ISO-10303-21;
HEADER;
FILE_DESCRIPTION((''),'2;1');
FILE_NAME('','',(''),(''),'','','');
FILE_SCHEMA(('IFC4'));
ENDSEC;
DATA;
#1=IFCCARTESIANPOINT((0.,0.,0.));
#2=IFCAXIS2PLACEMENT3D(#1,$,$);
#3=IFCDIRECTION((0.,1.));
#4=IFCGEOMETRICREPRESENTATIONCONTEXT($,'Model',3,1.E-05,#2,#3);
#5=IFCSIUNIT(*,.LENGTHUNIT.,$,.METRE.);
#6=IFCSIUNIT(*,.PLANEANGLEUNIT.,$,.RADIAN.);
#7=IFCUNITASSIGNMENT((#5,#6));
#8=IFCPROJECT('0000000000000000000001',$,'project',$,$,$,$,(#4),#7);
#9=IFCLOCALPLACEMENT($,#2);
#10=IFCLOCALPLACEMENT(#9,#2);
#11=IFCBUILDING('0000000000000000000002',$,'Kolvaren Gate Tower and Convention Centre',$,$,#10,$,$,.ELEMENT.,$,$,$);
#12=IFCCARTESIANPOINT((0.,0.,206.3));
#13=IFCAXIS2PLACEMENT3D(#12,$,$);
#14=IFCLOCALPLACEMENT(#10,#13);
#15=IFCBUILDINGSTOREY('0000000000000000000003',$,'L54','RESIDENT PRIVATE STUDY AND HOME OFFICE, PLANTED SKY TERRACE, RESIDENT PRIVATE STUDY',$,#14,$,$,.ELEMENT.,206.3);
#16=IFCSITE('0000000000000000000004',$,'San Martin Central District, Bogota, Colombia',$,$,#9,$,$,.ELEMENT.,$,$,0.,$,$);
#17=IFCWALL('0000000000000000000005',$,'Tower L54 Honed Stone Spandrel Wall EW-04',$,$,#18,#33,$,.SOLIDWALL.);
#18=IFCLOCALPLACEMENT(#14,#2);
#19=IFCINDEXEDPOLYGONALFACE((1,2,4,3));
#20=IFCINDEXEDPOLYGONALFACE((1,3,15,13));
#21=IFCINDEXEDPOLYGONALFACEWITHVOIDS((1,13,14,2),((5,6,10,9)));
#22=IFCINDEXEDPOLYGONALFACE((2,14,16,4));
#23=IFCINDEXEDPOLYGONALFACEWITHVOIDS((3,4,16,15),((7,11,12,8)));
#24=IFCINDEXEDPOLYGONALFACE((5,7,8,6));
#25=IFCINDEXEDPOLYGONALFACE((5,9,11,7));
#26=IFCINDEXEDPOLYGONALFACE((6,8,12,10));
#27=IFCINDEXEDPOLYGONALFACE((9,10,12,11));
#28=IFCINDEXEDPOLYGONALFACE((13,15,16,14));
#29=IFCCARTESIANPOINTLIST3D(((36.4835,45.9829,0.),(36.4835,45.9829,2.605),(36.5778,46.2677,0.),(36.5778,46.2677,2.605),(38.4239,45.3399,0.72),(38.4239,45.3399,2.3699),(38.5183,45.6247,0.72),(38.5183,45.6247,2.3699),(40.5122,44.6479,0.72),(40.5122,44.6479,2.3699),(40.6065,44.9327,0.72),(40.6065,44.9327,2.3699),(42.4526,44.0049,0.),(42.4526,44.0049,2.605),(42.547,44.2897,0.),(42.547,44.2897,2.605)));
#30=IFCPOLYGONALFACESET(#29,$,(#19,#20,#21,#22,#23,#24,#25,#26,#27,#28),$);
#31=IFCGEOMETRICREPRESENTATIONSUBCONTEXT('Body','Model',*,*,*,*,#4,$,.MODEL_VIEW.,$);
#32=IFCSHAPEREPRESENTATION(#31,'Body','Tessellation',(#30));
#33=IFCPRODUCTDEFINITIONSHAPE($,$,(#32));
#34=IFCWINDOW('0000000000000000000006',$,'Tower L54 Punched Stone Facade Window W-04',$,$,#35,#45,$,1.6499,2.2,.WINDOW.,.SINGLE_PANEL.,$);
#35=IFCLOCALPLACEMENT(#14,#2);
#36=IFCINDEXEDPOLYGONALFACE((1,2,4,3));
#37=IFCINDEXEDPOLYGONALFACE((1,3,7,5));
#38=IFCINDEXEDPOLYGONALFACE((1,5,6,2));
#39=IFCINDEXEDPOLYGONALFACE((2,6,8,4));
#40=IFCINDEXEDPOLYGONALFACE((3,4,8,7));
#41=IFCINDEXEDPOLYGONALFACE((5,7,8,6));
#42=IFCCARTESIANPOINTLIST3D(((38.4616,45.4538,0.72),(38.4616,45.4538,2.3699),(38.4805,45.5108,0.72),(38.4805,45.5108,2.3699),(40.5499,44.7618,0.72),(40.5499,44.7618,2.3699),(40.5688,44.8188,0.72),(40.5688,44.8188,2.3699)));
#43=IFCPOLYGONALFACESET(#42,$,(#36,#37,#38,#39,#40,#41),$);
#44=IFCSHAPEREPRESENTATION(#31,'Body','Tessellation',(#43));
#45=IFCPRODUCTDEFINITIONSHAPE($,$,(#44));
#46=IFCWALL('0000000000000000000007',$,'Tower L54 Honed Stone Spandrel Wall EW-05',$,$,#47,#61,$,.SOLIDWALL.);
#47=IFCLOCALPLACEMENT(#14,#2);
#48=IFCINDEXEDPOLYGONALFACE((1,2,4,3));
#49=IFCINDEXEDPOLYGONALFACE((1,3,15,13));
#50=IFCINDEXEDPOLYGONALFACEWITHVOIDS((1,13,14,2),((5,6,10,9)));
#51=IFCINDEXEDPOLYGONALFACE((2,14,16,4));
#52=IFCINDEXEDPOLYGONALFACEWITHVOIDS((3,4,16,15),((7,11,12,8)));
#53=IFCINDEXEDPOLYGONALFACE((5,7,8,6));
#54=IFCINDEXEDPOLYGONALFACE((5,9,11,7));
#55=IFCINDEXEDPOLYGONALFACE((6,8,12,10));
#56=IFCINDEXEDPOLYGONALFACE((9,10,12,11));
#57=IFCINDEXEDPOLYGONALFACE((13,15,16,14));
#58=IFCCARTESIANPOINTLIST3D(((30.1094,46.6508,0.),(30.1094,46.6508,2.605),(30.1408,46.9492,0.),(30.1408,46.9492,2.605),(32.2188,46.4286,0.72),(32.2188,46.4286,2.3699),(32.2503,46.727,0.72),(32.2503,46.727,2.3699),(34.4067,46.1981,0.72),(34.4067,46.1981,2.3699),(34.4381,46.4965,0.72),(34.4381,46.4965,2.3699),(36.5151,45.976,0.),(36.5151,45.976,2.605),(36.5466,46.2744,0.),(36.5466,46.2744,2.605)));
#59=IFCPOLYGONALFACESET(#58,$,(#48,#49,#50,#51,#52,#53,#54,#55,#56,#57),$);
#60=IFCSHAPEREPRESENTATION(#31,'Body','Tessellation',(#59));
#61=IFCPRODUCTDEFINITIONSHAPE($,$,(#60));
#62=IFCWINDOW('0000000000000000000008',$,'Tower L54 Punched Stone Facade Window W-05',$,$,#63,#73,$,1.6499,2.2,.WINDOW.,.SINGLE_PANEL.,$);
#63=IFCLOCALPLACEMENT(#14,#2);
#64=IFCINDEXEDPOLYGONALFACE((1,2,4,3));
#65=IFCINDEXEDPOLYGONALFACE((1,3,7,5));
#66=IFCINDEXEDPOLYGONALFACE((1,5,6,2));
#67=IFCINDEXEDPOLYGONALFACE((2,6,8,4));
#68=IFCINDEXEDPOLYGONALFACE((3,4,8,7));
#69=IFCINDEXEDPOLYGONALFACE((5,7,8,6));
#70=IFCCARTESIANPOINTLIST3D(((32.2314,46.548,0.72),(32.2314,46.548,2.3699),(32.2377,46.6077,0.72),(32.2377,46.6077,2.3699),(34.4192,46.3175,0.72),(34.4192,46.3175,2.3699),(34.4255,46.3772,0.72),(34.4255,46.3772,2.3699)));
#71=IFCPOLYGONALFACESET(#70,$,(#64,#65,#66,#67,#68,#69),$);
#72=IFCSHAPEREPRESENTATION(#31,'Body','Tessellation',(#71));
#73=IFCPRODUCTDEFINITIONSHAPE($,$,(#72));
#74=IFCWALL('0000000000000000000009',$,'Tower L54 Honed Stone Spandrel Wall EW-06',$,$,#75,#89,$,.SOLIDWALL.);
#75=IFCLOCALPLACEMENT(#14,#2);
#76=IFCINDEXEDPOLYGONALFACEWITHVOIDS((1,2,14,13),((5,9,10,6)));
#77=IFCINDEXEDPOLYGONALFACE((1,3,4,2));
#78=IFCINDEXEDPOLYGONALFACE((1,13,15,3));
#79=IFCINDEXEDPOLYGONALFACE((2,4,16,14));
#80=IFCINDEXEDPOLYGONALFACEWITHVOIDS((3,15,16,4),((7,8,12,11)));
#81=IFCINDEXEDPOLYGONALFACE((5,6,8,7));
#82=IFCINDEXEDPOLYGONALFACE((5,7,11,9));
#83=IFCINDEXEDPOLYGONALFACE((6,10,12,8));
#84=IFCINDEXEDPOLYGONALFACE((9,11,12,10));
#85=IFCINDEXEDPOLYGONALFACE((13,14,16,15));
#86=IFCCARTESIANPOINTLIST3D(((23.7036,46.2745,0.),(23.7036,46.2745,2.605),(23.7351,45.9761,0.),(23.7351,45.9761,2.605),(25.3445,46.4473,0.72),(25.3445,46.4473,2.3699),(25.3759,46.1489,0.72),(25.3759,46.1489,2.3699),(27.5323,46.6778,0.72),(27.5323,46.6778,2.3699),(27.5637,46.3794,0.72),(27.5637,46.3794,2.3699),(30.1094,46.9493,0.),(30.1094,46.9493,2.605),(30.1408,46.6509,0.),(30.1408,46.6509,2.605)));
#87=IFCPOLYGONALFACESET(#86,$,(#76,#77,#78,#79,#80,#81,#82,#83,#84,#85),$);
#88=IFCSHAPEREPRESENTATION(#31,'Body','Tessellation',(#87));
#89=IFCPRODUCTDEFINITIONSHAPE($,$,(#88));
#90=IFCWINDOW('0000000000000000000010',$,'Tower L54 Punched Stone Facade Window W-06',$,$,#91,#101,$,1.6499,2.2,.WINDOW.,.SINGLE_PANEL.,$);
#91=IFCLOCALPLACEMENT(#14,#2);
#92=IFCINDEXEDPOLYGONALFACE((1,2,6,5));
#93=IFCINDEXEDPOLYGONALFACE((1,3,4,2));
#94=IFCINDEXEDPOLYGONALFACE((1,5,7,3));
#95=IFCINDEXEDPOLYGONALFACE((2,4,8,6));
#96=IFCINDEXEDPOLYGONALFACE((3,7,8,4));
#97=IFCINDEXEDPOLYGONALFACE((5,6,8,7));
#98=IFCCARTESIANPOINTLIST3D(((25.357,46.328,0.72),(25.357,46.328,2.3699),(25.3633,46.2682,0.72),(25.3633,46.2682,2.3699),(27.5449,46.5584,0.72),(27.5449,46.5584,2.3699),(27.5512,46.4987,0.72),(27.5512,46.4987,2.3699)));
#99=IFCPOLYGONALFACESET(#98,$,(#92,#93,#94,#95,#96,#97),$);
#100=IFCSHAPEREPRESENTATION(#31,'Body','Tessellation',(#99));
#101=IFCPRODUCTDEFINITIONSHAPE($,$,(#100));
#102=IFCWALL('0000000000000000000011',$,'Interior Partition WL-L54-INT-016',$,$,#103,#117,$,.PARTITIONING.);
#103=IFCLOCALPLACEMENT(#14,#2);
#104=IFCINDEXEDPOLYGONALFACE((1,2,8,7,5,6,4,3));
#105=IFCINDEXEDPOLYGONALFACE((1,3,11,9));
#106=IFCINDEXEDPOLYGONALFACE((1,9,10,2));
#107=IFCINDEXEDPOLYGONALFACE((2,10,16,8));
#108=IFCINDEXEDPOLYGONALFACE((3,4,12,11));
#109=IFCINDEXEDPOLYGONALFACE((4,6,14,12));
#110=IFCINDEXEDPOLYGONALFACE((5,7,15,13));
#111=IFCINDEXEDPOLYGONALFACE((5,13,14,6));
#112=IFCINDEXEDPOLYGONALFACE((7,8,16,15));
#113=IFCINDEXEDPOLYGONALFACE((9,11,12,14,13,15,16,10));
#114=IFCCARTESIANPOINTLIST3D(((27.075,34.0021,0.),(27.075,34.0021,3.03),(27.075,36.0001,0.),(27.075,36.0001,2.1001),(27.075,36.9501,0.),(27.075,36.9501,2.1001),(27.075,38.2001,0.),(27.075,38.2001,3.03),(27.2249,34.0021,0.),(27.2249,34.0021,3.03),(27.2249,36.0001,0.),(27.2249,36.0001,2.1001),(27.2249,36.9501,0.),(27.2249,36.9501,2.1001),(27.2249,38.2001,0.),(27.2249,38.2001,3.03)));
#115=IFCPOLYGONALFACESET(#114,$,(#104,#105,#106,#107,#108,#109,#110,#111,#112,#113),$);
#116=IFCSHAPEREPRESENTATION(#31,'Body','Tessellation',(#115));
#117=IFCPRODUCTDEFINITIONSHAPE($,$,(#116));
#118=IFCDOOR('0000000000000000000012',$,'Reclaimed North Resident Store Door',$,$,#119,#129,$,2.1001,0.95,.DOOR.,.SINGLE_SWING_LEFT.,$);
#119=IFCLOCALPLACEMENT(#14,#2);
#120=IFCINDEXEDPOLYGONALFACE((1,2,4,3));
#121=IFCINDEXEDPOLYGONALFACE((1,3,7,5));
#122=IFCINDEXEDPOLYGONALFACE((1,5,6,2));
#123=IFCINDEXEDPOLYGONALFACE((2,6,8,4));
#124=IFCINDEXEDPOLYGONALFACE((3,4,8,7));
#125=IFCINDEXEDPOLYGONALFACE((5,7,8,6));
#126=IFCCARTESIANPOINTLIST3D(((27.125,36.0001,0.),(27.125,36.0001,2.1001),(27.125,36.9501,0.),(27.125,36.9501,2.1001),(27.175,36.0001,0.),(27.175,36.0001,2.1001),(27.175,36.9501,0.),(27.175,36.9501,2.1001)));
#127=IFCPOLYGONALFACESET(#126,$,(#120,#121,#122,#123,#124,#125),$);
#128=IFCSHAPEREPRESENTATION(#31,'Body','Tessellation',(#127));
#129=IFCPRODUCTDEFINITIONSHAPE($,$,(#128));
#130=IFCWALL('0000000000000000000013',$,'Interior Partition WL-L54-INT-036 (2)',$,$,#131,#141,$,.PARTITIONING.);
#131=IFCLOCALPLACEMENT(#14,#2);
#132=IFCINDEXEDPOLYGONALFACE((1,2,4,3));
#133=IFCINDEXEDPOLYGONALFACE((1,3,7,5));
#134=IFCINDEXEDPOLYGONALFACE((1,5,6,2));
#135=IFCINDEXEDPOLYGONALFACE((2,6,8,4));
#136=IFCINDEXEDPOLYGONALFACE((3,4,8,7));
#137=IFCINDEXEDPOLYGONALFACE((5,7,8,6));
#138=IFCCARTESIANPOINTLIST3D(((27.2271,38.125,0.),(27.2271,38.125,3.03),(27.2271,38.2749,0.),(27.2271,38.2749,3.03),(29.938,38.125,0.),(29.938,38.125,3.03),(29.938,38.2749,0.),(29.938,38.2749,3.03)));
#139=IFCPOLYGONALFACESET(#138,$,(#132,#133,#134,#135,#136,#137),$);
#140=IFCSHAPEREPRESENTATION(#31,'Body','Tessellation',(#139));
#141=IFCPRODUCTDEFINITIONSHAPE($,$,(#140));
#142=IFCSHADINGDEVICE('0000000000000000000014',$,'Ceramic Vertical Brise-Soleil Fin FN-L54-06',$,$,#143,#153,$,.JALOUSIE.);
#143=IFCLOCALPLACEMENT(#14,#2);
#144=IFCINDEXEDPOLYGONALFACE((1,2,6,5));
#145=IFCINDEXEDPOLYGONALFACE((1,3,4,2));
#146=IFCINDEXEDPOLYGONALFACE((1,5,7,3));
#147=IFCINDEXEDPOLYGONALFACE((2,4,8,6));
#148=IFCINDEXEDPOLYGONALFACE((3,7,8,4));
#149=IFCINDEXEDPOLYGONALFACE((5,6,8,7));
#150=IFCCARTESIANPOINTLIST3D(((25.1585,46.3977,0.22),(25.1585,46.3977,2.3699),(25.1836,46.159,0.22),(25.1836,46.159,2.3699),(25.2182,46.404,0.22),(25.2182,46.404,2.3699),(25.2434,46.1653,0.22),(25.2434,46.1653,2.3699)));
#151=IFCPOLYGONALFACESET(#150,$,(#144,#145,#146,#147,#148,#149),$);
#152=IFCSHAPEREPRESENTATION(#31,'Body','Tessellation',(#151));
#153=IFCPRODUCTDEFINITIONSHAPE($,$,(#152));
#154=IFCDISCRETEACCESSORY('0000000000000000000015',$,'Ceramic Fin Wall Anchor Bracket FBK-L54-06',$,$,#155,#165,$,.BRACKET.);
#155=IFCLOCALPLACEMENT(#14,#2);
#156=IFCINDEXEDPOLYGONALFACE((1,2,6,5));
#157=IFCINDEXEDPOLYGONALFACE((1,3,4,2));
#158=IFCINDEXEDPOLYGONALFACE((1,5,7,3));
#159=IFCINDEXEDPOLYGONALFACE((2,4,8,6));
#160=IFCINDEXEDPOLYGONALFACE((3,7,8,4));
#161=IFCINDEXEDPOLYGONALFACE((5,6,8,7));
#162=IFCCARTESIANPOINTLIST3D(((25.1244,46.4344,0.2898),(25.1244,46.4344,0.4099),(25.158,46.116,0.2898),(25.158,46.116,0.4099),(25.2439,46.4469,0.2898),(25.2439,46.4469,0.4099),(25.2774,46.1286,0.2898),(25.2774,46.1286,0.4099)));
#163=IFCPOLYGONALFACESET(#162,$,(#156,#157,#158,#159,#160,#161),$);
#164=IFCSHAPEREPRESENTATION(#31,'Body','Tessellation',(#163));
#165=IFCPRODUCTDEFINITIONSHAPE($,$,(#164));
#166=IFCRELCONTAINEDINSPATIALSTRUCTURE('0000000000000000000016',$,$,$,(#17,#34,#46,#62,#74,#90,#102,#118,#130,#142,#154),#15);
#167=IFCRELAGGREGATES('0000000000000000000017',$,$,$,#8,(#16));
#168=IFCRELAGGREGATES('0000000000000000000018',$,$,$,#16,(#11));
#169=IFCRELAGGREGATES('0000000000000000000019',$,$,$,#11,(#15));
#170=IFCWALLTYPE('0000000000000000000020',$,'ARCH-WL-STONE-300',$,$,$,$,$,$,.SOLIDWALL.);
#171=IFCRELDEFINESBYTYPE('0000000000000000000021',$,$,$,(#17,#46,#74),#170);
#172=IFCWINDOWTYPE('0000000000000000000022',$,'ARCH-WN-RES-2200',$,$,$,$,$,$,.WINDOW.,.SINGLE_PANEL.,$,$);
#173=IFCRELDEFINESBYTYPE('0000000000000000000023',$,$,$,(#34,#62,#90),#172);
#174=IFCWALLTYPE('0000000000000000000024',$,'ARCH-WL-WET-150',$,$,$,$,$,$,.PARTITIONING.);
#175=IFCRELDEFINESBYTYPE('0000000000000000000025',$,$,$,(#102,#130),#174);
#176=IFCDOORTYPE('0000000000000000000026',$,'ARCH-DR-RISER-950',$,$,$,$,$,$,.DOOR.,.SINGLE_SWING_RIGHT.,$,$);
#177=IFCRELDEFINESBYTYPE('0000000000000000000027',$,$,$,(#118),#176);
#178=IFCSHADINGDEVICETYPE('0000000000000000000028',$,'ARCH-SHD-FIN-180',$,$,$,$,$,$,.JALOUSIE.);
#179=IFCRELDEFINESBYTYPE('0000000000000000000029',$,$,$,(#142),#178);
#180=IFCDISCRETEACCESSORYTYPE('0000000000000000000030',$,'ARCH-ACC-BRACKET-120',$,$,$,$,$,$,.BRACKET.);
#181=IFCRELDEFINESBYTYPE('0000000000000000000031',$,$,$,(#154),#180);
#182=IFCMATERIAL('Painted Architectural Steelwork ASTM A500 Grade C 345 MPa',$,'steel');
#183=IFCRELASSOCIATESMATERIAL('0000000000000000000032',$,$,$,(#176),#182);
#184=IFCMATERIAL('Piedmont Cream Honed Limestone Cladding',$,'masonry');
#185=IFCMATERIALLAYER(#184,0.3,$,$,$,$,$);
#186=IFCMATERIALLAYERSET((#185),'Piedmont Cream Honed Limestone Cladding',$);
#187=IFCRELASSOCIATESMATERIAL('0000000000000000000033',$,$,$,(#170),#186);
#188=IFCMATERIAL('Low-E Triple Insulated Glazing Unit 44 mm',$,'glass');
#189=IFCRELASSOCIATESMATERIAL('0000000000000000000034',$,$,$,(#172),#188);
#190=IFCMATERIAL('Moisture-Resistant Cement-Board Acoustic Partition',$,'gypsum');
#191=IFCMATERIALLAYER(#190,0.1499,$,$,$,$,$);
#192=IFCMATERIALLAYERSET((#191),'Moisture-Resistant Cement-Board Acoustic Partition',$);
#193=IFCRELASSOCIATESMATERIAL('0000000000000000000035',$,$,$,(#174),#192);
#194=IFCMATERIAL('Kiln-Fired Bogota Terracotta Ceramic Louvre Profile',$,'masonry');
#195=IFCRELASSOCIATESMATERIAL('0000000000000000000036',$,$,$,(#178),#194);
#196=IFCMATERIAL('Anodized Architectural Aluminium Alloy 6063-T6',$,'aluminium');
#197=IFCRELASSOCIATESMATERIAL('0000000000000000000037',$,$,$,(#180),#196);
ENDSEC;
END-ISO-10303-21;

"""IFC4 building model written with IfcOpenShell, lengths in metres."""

from ifc_helpers import new_model, si_unit, direction, frame, frame_2d, origin, origin_2d, place, context, subcontext, project, spatial, rectangle, extrude, material, layer, layer_set, type_object, element, fill, save


model = new_model("IFC4")

# Units and contexts
model_context = context("Model", 3, precision=1e-05, world=origin(), true_north=direction((0.0, 1.0)))
body_context = subcontext(model_context, "Body", "Model", "MODEL_VIEW")
ifc_project = project(units=[si_unit("LENGTHUNIT", "METRE"), si_unit("PLANEANGLEUNIT", "RADIAN")], contexts=[model_context])

# Site, building, storey
site_placement = place(None, origin())
site = spatial("IfcSite", under=ifc_project, at=site_placement, Name="San Martin Central District, Bogota, Colombia", CompositionType="ELEMENT", RefElevation=0.0)
building_placement = place(site_placement, origin())
building = spatial("IfcBuilding", under=site, at=building_placement, Name="Kolvaren Gate Tower and Convention Centre", CompositionType="ELEMENT")
storey_placement = place(building_placement, frame((0.0, 0.0, 206.3)))
storey = spatial("IfcBuildingStorey", under=building, at=storey_placement, Name="L54", Description="RESIDENT PRIVATE STUDY AND HOME OFFICE, PLANTED SKY TERRACE, RESIDENT PRIVATE STUDY", CompositionType="ELEMENT", Elevation=206.3)

# Shared definitions
ifc_material_1 = material(Name="Painted Architectural Steelwork ASTM A500 Grade C 345 MPa", Category="steel")
door_type = type_object("IfcDoorType", Name="ARCH-DR-RISER-950", OperationType="SINGLE_SWING_RIGHT", PredefinedType="DOOR", material=ifc_material_1)

# Walls, openings, windows
ifc_material_2 = material(Name="Piedmont Cream Honed Limestone Cladding", Category="masonry")
ifc_layer_1 = layer(ifc_material_2, 0.3)
ifc_layer_set_1 = layer_set([ifc_layer_1], Name="Piedmont Cream Honed Limestone Cladding")
wall_type_1 = type_object("IfcWallType", Name="ARCH-WL-STONE-300", PredefinedType="SOLIDWALL", material=ifc_layer_set_1)
wall_1_placement = place(storey_placement, frame((36.5308, 46.1252, 0.0), z_axis=(0.0, 0.0, 1.0), x_axis=(0.949241, -0.31455, 0.0)))
wall_1 = element("IfcWall", 1, at=wall_1_placement, inside=storey, type_object=wall_type_1, Name="Tower L54 Honed Stone Spandrel Wall EW-04", PredefinedType="SOLIDWALL", context=body_context, shape_type="SweptSolid", body=[
    extrude(rectangle(XDim=6.2883, YDim=0.3, at=frame_2d((3.144, 0.0))), origin(), (0.0, 0.0, 1.0), 2.605),
])
opening_1_placement = place(wall_1_placement, frame((2.0439, 0.0, 0.72)))
opening_1 = element("IfcOpeningElement", 2, at=opening_1_placement, cuts=wall_1, PredefinedType="OPENING", context=body_context, shape_type="SweptSolid", body=[
    extrude(rectangle(XDim=2.2, YDim=1.6499, at=frame_2d((1.1001, 0.825))), frame((0.0, 0.1599, 0.0), z_axis=(0.0, -1.0, 0.0), x_axis=(1.0, 0.0, 0.0)), (0.0, 0.0, 1.0), 0.3201),
])
ifc_material_3 = material(Name="Low-E Triple Insulated Glazing Unit 44 mm", Category="glass")
window_type = type_object("IfcWindowType", Name="ARCH-WN-RES-2200", PartitioningType="SINGLE_PANEL", PredefinedType="WINDOW", material=ifc_material_3)
window_1_placement = place(opening_1_placement, origin())
window_1 = element("IfcWindow", 3, at=window_1_placement, inside=storey, type_object=window_type, Name="Tower L54 Punched Stone Facade Window W-04", OverallHeight=1.6499, OverallWidth=2.2, PartitioningType="SINGLE_PANEL", PredefinedType="WINDOW", context=body_context, shape_type="SweptSolid", body=[
    extrude(rectangle(XDim=2.2, YDim=1.6499, at=frame_2d((1.1001, 0.825))), frame((0.0, 0.03, 0.0), z_axis=(0.0, -1.0, 0.0), x_axis=(1.0, 0.0, 0.0)), (0.0, 0.0, 1.0), 0.0601),
])
fill(opening_1, window_1)
wall_2_placement = place(storey_placement, frame((30.125, 46.8, 0.0), z_axis=(0.0, 0.0, 1.0), x_axis=(0.994497, -0.104764, 0.0)))
wall_2 = element("IfcWall", 4, at=wall_2_placement, inside=storey, type_object=wall_type_1, Name="Tower L54 Honed Stone Spandrel Wall EW-05", PredefinedType="SOLIDWALL", context=body_context, shape_type="SweptSolid", body=[
    extrude(rectangle(XDim=6.4412, YDim=0.3, at=frame_2d((3.2207, 0.0))), origin(), (0.0, 0.0, 1.0), 2.605),
])
opening_2_placement = place(wall_2_placement, frame((2.1211, 0.0, 0.72)))
opening_2 = element("IfcOpeningElement", 5, at=opening_2_placement, cuts=wall_2, PredefinedType="OPENING", context=body_context, shape_type="SweptSolid", body=[
    extrude(rectangle(XDim=2.2, YDim=1.6499, at=frame_2d((1.1001, 0.825))), frame((0.0, 0.1599, 0.0), z_axis=(0.0, -1.0, 0.0), x_axis=(1.0, 0.0, 0.0)), (0.0, 0.0, 1.0), 0.3201),
])
window_2_placement = place(opening_2_placement, origin())
window_2 = element("IfcWindow", 6, at=window_2_placement, inside=storey, type_object=window_type, Name="Tower L54 Punched Stone Facade Window W-05", OverallHeight=1.6499, OverallWidth=2.2, PartitioningType="SINGLE_PANEL", PredefinedType="WINDOW", context=body_context, shape_type="SweptSolid", body=[
    extrude(rectangle(XDim=2.2, YDim=1.6499, at=frame_2d((1.1001, 0.825))), frame((0.0, 0.03, 0.0), z_axis=(0.0, -1.0, 0.0), x_axis=(1.0, 0.0, 0.0)), (0.0, 0.0, 1.0), 0.0601),
])
fill(opening_2, window_2)
wall_3_placement = place(storey_placement, frame((23.7192, 46.1252, 0.0), z_axis=(0.0, 0.0, 1.0), x_axis=(0.994497, 0.104764, 0.0)))
wall_3 = element("IfcWall", 7, at=wall_3_placement, inside=storey, type_object=wall_type_1, Name="Tower L54 Honed Stone Spandrel Wall EW-06", PredefinedType="SOLIDWALL", context=body_context, shape_type="SweptSolid", body=[
    extrude(rectangle(XDim=6.4412, YDim=0.3, at=frame_2d((3.2207, 0.0))), origin(), (0.0, 0.0, 1.0), 2.605),
])
opening_3_placement = place(wall_3_placement, frame((1.6499, 0.0, 0.72)))
opening_3 = element("IfcOpeningElement", 8, at=opening_3_placement, cuts=wall_3, PredefinedType="OPENING", context=body_context, shape_type="SweptSolid", body=[
    extrude(rectangle(XDim=2.2, YDim=1.6499, at=frame_2d((1.1001, 0.825))), frame((0.0, 0.1599, 0.0), z_axis=(0.0, -1.0, 0.0), x_axis=(1.0, 0.0, 0.0)), (0.0, 0.0, 1.0), 0.3201),
])
window_3_placement = place(opening_3_placement, origin())
window_3 = element("IfcWindow", 9, at=window_3_placement, inside=storey, type_object=window_type, Name="Tower L54 Punched Stone Facade Window W-06", OverallHeight=1.6499, OverallWidth=2.2, PartitioningType="SINGLE_PANEL", PredefinedType="WINDOW", context=body_context, shape_type="SweptSolid", body=[
    extrude(rectangle(XDim=2.2, YDim=1.6499, at=frame_2d((1.1001, 0.825))), frame((0.0, 0.03, 0.0), z_axis=(0.0, -1.0, 0.0), x_axis=(1.0, 0.0, 0.0)), (0.0, 0.0, 1.0), 0.0601),
])
fill(opening_3, window_3)

# Wall, opening, door
ifc_material_4 = material(Name="Moisture-Resistant Cement-Board Acoustic Partition", Category="gypsum")
ifc_layer_2 = layer(ifc_material_4, 0.1499)
ifc_layer_set_2 = layer_set([ifc_layer_2], Name="Moisture-Resistant Cement-Board Acoustic Partition")
wall_type_2 = type_object("IfcWallType", Name="ARCH-WL-WET-150", PredefinedType="PARTITIONING", material=ifc_layer_set_2)
wall_4_placement = place(storey_placement, frame((27.1499, 34.002, 0.0), z_axis=(0.0, 0.0, 1.0), x_axis=(0.0, 1.0, 0.0)))
wall_4 = element("IfcWall", 10, at=wall_4_placement, inside=storey, type_object=wall_type_2, Name="Interior Partition WL-L54-INT-016", PredefinedType="PARTITIONING", context=body_context, shape_type="SweptSolid", body=[
    extrude(rectangle(XDim=4.198, YDim=0.1499, at=frame_2d((2.0991, 0.0))), origin(), (0.0, 0.0, 1.0), 3.03),
])
opening_4_placement = place(wall_4_placement, frame((1.998, 0.0, 0.0)))
opening_4 = element("IfcOpeningElement", 11, at=opening_4_placement, cuts=wall_4, PredefinedType="OPENING", context=body_context, shape_type="SweptSolid", body=[
    extrude(rectangle(XDim=0.95, YDim=2.1001, at=frame_2d((0.4751, 1.05))), frame((0.0, 0.085, 0.0), z_axis=(0.0, -1.0, 0.0), x_axis=(1.0, 0.0, 0.0)), (0.0, 0.0, 1.0), 0.1699),
])
door_1_placement = place(opening_4_placement, origin())
door_1 = element("IfcDoor", 12, at=door_1_placement, inside=storey, type_object=door_type, Name="Reclaimed North Resident Store Door", OperationType="SINGLE_SWING_LEFT", OverallHeight=2.1001, OverallWidth=0.95, PredefinedType="DOOR", context=body_context, shape_type="SweptSolid", body=[
    extrude(rectangle(XDim=0.95, YDim=2.1001, at=frame_2d((0.4751, 1.05))), frame((0.0, 0.0249, 0.0), z_axis=(0.0, -1.0, 0.0), x_axis=(1.0, 0.0, 0.0)), (0.0, 0.0, 1.0), 0.05),
])
fill(opening_4, door_1)

# Wall
wall_5_placement = place(storey_placement, frame((27.2271, 38.2, 0.0), z_axis=(0.0, 0.0, 1.0), x_axis=(1.0, 0.0, 0.0)))
element("IfcWall", 13, at=wall_5_placement, inside=storey, type_object=wall_type_2, Name="Interior Partition WL-L54-INT-036 (2)", PredefinedType="PARTITIONING", context=body_context, shape_type="SweptSolid", body=[
    extrude(rectangle(XDim=2.7109, YDim=0.1499, at=frame_2d((1.3555, 0.0))), origin(), (0.0, 0.0, 1.0), 3.03),
])

# Shading device
ifc_material_5 = material(Name="Kiln-Fired Bogota Terracotta Ceramic Louvre Profile", Category="masonry")
shading_device_type = type_object("IfcShadingDeviceType", Name="ARCH-SHD-FIN-180", PredefinedType="JALOUSIE", material=ifc_material_5)
shading_device_placement = place(storey_placement, frame((25.2009, 46.2815, 0.22), z_axis=(0.0, 0.0, 1.0), x_axis=(0.994499, 0.104747, 0.0)))
element("IfcShadingDevice", 14, at=shading_device_placement, inside=storey, type_object=shading_device_type, Name="Ceramic Vertical Brise-Soleil Fin FN-L54-06", PredefinedType="JALOUSIE", context=body_context, shape_type="SweptSolid", body=[
    extrude(rectangle(XDim=0.0601, YDim=0.24, at=origin_2d()), origin(), (0.0, 0.0, 1.0), 2.1499),
])

# Discrete accessory
ifc_material_6 = material(Name="Anodized Architectural Aluminium Alloy 6063-T6", Category="aluminium")
discrete_accessory_type = type_object("IfcDiscreteAccessoryType", Name="ARCH-ACC-BRACKET-120", PredefinedType="BRACKET", material=ifc_material_6)
discrete_accessory_placement = place(storey_placement, frame((25.2009, 46.2815, 0.2898), z_axis=(0.0, 0.0, 1.0), x_axis=(0.994499, 0.104747, 0.0)))
element("IfcDiscreteAccessory", 15, at=discrete_accessory_placement, inside=storey, type_object=discrete_accessory_type, Name="Ceramic Fin Wall Anchor Bracket FBK-L54-06", PredefinedType="BRACKET", context=body_context, shape_type="SweptSolid", body=[
    extrude(rectangle(XDim=0.1201, YDim=0.3201, at=origin_2d()), origin(), (0.0, 0.0, 1.0), 0.1201),
])

save(model, "model.ifc")
